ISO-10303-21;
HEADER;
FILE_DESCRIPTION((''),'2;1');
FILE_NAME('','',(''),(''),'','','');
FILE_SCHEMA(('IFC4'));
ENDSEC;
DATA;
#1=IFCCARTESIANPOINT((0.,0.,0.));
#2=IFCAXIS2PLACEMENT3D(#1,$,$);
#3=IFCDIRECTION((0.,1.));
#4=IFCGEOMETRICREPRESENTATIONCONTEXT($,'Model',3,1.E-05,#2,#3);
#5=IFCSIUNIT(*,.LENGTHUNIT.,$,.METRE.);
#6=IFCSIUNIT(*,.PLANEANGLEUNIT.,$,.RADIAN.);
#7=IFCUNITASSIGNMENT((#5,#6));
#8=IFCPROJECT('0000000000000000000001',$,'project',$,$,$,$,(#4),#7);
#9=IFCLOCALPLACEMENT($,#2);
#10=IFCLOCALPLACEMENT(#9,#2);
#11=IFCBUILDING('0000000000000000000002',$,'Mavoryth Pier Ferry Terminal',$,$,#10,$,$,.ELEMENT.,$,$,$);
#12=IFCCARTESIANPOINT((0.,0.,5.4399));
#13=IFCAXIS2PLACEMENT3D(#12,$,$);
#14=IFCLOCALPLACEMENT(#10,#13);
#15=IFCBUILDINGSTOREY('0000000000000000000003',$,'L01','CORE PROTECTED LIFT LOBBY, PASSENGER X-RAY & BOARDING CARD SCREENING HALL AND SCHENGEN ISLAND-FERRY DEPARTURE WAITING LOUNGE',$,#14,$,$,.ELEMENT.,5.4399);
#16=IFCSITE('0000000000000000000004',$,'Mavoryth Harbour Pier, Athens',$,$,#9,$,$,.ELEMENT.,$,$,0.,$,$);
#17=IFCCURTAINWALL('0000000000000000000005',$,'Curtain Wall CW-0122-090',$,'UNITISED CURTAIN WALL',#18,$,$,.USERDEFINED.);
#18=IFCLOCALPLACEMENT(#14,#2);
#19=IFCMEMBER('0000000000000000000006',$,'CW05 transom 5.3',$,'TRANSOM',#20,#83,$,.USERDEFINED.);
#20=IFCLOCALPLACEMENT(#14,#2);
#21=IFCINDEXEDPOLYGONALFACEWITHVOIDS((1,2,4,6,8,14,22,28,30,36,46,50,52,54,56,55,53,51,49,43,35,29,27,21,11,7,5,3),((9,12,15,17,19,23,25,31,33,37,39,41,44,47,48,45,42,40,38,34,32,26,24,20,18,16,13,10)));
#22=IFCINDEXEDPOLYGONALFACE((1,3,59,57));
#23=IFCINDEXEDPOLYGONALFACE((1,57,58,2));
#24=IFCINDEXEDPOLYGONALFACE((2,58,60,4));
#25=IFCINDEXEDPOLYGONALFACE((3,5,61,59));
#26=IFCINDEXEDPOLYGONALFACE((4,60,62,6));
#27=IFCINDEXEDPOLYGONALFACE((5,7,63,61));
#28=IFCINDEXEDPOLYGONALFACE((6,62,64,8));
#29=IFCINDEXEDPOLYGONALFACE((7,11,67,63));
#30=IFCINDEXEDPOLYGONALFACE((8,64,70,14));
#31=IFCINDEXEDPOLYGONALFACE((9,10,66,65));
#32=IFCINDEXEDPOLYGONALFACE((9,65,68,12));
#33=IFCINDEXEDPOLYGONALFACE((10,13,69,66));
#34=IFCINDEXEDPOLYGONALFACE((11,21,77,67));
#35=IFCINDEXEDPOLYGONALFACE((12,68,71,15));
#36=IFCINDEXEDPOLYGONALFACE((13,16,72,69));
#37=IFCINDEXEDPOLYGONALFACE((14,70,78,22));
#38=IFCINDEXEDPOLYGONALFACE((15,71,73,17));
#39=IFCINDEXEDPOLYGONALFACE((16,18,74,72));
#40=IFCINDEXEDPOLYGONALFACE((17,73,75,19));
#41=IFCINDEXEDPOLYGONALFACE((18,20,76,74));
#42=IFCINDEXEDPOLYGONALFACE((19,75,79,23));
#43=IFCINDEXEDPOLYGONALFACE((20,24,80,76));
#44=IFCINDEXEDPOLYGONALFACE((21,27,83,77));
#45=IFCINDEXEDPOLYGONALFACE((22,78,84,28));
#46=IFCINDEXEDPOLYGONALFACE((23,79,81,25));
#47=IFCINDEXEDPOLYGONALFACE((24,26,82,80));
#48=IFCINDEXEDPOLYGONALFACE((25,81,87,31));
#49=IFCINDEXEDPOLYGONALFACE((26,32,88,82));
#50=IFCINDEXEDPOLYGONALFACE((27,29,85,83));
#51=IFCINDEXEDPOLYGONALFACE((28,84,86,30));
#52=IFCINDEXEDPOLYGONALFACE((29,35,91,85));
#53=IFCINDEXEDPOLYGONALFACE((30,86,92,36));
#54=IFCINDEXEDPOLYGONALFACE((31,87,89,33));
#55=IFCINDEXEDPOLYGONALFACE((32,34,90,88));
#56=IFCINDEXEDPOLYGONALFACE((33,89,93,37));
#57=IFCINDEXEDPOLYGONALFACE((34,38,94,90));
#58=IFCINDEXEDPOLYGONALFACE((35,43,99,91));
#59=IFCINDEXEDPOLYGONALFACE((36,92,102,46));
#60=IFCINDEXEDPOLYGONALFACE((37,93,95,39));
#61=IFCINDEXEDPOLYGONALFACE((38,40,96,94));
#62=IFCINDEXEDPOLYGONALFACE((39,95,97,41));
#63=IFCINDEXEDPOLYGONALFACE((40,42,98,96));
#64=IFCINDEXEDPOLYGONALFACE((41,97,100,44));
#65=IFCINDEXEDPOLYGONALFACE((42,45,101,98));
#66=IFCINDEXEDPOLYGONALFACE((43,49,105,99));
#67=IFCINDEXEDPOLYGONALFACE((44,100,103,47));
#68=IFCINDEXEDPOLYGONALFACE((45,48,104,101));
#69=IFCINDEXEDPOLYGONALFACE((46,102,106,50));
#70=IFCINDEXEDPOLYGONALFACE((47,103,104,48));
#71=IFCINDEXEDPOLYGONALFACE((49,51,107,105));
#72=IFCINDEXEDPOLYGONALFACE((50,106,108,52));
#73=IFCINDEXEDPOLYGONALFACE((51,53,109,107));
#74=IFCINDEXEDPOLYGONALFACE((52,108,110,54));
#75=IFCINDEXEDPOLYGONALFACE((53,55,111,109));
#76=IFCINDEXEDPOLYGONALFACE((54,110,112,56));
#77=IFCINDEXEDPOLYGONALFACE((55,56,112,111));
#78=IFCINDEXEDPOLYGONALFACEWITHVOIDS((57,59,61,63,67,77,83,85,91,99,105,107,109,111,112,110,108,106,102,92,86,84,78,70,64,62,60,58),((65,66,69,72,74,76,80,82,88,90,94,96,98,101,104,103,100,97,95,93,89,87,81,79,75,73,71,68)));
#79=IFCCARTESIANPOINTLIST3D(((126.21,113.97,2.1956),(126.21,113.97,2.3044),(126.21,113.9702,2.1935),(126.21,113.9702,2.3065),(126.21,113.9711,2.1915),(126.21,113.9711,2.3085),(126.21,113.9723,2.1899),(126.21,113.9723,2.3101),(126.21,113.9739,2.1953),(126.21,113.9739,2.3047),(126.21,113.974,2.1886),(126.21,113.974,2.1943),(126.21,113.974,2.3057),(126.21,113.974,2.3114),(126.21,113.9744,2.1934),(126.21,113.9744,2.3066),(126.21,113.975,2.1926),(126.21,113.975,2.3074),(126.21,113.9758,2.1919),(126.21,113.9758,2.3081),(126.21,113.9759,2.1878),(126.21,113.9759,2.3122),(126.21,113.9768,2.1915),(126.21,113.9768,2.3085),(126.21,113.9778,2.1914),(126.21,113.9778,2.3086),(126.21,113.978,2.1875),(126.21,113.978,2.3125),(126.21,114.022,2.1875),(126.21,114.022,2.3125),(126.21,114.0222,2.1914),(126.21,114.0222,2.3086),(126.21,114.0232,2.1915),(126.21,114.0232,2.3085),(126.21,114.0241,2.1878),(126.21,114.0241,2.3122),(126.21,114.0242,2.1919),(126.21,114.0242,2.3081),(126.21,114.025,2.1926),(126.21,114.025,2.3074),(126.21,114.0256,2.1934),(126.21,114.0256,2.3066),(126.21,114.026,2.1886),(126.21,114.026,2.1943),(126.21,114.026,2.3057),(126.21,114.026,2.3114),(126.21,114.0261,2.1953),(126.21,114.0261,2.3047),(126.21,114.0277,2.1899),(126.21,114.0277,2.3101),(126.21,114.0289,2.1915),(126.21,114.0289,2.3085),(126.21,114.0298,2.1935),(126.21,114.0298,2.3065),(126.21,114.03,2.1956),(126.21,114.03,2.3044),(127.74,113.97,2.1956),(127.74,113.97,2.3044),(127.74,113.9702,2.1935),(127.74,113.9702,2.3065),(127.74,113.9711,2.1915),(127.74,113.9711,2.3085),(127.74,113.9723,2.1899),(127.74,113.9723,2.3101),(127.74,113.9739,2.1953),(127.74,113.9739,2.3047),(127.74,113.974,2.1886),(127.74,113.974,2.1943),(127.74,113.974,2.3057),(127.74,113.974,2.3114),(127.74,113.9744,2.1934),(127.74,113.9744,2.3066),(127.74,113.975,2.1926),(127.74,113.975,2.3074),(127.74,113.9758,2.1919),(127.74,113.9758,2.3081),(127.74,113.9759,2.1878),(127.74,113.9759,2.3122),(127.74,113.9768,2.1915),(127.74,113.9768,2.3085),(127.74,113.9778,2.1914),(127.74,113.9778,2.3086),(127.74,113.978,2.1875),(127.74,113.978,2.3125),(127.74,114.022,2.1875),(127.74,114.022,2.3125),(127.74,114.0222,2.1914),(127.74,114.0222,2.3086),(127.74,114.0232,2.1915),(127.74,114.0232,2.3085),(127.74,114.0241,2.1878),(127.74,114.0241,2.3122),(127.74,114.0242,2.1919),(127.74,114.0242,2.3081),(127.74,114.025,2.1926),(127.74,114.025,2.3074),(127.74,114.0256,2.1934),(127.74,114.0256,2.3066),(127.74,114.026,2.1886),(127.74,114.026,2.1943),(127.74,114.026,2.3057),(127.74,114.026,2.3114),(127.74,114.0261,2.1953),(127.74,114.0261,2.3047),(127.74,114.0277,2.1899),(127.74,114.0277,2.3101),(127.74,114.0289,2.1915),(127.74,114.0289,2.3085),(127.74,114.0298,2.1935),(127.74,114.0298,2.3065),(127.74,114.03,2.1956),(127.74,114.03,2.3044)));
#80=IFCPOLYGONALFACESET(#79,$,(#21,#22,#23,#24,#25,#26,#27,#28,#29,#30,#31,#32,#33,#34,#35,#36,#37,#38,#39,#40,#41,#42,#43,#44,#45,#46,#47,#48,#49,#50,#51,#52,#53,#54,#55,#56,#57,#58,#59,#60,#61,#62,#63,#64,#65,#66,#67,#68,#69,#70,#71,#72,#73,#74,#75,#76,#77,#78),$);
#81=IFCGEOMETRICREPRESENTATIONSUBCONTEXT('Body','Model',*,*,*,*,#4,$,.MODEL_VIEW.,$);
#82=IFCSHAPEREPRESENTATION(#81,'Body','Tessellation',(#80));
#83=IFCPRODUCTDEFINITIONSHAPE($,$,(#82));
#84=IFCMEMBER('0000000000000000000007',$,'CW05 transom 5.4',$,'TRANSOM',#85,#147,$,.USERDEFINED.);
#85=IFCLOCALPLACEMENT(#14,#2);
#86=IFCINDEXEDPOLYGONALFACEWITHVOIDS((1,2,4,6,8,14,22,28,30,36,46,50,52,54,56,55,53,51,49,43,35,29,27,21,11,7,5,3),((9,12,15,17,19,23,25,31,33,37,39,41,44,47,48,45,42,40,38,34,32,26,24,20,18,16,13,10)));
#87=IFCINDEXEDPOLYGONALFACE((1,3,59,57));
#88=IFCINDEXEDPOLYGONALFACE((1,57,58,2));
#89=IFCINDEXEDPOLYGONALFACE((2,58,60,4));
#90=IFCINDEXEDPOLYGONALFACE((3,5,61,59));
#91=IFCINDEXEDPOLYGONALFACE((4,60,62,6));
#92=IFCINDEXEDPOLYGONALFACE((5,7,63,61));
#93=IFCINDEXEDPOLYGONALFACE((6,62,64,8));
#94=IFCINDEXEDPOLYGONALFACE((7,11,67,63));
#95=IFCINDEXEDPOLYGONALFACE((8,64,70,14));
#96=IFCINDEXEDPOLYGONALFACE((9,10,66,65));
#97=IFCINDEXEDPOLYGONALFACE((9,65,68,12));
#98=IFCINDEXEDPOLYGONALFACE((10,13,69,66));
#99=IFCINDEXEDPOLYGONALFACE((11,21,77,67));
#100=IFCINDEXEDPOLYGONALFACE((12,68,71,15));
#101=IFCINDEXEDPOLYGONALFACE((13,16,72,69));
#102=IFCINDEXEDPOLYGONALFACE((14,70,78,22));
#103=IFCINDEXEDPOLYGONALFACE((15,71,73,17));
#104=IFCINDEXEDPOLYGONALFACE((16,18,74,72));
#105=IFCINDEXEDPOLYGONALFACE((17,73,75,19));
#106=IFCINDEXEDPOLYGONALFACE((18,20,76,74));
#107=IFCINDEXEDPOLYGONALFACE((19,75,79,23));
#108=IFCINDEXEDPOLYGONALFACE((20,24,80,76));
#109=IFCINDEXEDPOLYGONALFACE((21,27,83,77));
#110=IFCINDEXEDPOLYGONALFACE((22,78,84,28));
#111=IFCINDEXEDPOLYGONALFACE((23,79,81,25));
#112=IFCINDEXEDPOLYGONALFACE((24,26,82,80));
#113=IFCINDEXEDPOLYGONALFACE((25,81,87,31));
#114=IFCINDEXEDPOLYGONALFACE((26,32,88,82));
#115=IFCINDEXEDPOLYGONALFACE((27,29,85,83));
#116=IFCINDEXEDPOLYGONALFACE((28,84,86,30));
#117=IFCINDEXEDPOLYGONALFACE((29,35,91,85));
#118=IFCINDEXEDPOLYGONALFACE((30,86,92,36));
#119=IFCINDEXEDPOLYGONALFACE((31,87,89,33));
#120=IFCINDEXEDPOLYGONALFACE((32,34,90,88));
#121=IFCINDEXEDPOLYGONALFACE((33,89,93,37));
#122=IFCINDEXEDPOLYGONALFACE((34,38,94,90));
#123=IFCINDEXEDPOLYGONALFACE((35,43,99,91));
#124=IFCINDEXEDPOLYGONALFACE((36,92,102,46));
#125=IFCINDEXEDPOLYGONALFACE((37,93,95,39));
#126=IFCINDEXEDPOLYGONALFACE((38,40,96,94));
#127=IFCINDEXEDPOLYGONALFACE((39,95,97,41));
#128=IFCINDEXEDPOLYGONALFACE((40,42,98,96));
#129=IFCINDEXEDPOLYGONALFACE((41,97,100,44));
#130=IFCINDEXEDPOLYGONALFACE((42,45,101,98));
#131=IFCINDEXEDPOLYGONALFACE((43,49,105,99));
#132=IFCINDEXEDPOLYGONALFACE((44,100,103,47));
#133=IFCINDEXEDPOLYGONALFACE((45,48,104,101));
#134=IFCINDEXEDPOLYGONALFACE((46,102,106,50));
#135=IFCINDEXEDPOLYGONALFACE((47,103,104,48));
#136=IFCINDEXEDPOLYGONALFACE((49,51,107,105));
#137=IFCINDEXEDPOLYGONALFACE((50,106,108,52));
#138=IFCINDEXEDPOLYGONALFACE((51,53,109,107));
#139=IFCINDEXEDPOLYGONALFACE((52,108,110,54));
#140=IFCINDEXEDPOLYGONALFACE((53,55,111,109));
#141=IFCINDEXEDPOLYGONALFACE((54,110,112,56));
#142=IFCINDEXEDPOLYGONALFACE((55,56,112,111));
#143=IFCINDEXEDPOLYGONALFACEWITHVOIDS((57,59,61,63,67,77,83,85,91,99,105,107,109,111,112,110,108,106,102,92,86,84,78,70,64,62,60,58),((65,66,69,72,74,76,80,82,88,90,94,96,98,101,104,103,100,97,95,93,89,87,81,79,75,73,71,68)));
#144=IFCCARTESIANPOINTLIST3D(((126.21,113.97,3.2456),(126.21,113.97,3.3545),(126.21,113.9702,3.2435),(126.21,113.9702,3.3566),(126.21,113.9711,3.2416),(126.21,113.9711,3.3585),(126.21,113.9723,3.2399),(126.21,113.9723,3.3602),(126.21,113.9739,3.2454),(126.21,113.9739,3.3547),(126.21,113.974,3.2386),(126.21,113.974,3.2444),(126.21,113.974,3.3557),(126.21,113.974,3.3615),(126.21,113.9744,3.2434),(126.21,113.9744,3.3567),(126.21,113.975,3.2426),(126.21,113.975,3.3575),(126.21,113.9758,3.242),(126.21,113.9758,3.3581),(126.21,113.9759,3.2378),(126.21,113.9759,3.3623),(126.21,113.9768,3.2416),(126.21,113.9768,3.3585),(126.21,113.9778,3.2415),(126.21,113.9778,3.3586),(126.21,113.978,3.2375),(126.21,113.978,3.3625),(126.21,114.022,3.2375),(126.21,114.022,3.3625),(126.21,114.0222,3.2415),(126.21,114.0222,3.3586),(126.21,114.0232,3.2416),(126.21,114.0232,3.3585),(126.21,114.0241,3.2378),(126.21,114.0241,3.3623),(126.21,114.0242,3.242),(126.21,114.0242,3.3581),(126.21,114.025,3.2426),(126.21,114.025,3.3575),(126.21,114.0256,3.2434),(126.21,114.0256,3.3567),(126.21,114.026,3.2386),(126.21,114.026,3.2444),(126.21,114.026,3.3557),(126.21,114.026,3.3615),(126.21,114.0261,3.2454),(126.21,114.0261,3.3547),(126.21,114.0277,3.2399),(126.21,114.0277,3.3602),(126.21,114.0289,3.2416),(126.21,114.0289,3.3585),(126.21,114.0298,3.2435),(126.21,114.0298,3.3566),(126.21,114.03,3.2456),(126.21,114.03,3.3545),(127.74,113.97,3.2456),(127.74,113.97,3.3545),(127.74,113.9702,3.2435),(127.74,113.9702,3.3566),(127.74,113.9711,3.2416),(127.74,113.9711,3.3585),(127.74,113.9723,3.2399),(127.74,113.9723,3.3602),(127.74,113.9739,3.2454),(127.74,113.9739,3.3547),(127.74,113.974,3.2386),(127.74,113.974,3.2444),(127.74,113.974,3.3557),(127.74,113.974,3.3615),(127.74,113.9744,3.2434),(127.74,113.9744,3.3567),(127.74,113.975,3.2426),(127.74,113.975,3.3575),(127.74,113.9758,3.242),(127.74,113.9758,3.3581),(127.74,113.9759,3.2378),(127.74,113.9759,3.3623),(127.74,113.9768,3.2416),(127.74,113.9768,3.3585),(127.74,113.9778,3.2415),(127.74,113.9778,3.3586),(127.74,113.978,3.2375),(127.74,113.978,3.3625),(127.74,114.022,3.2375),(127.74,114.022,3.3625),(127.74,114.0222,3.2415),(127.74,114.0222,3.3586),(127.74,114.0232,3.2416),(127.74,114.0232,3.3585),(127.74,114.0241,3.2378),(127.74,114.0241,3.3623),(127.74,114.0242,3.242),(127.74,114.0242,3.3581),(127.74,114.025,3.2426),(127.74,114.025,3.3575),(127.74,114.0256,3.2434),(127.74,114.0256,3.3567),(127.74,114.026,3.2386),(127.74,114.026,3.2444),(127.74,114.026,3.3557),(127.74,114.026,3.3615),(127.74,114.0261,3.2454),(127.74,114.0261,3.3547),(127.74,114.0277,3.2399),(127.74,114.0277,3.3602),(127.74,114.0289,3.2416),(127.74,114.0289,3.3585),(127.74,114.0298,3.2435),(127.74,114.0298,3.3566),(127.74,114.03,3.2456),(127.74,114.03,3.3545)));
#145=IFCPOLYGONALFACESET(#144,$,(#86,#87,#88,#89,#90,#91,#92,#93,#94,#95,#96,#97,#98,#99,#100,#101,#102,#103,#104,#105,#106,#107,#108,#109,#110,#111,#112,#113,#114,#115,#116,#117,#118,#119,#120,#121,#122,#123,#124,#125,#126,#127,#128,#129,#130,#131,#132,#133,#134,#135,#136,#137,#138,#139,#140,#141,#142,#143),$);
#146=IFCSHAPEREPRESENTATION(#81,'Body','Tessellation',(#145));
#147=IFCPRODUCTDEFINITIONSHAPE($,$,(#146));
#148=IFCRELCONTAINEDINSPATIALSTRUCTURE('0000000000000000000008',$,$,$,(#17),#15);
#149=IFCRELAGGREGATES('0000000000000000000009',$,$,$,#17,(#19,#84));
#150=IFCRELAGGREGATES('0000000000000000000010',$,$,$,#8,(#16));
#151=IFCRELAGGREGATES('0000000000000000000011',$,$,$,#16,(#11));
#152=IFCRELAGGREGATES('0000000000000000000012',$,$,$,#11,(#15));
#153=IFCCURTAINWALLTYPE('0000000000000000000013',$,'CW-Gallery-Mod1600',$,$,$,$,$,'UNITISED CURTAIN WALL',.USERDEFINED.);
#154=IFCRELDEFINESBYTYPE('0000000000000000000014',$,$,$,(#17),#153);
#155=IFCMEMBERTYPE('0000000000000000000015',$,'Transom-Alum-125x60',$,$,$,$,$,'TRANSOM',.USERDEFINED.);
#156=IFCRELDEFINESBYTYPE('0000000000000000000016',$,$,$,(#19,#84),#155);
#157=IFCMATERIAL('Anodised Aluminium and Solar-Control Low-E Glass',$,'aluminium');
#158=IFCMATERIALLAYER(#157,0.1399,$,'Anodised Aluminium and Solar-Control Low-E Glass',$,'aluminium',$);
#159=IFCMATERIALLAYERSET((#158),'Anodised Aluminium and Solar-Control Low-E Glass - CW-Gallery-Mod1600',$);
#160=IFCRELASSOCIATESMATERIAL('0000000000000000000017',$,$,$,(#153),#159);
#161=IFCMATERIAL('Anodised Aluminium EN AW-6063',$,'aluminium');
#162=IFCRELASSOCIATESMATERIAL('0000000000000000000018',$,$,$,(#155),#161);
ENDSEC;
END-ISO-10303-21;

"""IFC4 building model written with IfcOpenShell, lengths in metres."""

from ifc_helpers import new_model, si_unit, direction, frame, origin, origin_2d, place, context, subcontext, project, spatial, hollow_rectangle, extrude, material, layer, layer_set, material_profile, profile_set, type_object, element, aggregate, save


model = new_model("IFC4")

# Units and contexts
model_context = context("Model", 3, precision=1e-05, world=origin(), true_north=direction((0.0, 1.0)))
body_context = subcontext(model_context, "Body", "Model", "MODEL_VIEW")
ifc_project = project(units=[si_unit("LENGTHUNIT", "METRE"), si_unit("PLANEANGLEUNIT", "RADIAN")], contexts=[model_context])

# Site, building, storey
site_placement = place(None, origin())
site = spatial("IfcSite", under=ifc_project, at=site_placement, Name="Mavoryth Harbour Pier, Athens", CompositionType="ELEMENT", RefElevation=0.0)
building_placement = place(site_placement, origin())
building = spatial("IfcBuilding", under=site, at=building_placement, Name="Mavoryth Pier Ferry Terminal", CompositionType="ELEMENT")
storey_placement = place(building_placement, frame((0.0, 0.0, 5.4399)))
storey = spatial("IfcBuildingStorey", under=building, at=storey_placement, Name="L01", Description="CORE PROTECTED LIFT LOBBY, PASSENGER X-RAY & BOARDING CARD SCREENING HALL AND SCHENGEN ISLAND-FERRY DEPARTURE WAITING LOUNGE", CompositionType="ELEMENT", Elevation=5.4399)

# Shared definitions
ifc_material_1 = material(Name="Anodised Aluminium and Solar-Control Low-E Glass", Category="aluminium")
ifc_layer_1 = layer(ifc_material_1, 0.1399, Name="Anodised Aluminium and Solar-Control Low-E Glass", Category="aluminium")
ifc_layer_set_1 = layer_set([ifc_layer_1], Name="Anodised Aluminium and Solar-Control Low-E Glass - CW-Gallery-Mod1600")
curtain_wall_type = type_object("IfcCurtainWallType", Name="CW-Gallery-Mod1600", ElementType="UNITISED CURTAIN WALL", PredefinedType="USERDEFINED", material=ifc_layer_set_1)
ifc_material_2 = material(Name="Anodised Aluminium EN AW-6063", Category="aluminium")

# Curtain wall
curtain_wall_1_placement = place(storey_placement, origin())
curtain_wall_1 = element("IfcCurtainWall", 1, at=curtain_wall_1_placement, inside=storey, type_object=curtain_wall_type, Name="Curtain Wall CW-0122-090", ObjectType="UNITISED CURTAIN WALL", PredefinedType="USERDEFINED")

# Members
ifc_material_profile_1 = material_profile(ifc_material_2, hollow_rectangle(XDim=0.0601, YDim=0.125, WallThickness=0.0039, InnerFilletRadius=0.0039, OuterFilletRadius=0.0081, at=origin_2d()), Name="AL-TRAN 125x60x4", Category="aluminium")
ifc_profile_set_1 = profile_set([ifc_material_profile_1], Name="Anodised Aluminium EN AW-6063 - AL-TRAN 125x60x4")
member_type_1 = type_object("IfcMemberType", Name="Transom-Alum-125x60", ElementType="TRANSOM", PredefinedType="USERDEFINED", material=ifc_profile_set_1)
member_1_placement = place(storey_placement, frame((127.74, 114.0, 2.25), z_axis=(-1.0, 0.0, 0.0), x_axis=(0.0, -1.0, 0.0)))
member_1 = element("IfcMember", 2, at=member_1_placement, type_object=member_type_1, Name="CW05 transom 5.3", ObjectType="TRANSOM", PredefinedType="USERDEFINED", context=body_context, shape_type="SweptSolid", body=[
    extrude(hollow_rectangle(XDim=0.0601, YDim=0.125, WallThickness=0.0039, InnerFilletRadius=0.0039, OuterFilletRadius=0.0081, at=origin_2d()), origin(), (0.0, 0.0, 1.0), 1.53),
])
member_2_placement = place(storey_placement, frame((127.74, 114.0, 3.3), z_axis=(-1.0, 0.0, 0.0), x_axis=(0.0, -1.0, 0.0)))
member_2 = element("IfcMember", 3, at=member_2_placement, type_object=member_type_1, Name="CW05 transom 5.4", ObjectType="TRANSOM", PredefinedType="USERDEFINED", context=body_context, shape_type="SweptSolid", body=[
    extrude(hollow_rectangle(XDim=0.0601, YDim=0.125, WallThickness=0.0039, InnerFilletRadius=0.0039, OuterFilletRadius=0.0081, at=origin_2d()), origin(), (0.0, 0.0, 1.0), 1.53),
])

aggregate(curtain_wall_1, [member_1, member_2])

save(model, "model.ifc")
